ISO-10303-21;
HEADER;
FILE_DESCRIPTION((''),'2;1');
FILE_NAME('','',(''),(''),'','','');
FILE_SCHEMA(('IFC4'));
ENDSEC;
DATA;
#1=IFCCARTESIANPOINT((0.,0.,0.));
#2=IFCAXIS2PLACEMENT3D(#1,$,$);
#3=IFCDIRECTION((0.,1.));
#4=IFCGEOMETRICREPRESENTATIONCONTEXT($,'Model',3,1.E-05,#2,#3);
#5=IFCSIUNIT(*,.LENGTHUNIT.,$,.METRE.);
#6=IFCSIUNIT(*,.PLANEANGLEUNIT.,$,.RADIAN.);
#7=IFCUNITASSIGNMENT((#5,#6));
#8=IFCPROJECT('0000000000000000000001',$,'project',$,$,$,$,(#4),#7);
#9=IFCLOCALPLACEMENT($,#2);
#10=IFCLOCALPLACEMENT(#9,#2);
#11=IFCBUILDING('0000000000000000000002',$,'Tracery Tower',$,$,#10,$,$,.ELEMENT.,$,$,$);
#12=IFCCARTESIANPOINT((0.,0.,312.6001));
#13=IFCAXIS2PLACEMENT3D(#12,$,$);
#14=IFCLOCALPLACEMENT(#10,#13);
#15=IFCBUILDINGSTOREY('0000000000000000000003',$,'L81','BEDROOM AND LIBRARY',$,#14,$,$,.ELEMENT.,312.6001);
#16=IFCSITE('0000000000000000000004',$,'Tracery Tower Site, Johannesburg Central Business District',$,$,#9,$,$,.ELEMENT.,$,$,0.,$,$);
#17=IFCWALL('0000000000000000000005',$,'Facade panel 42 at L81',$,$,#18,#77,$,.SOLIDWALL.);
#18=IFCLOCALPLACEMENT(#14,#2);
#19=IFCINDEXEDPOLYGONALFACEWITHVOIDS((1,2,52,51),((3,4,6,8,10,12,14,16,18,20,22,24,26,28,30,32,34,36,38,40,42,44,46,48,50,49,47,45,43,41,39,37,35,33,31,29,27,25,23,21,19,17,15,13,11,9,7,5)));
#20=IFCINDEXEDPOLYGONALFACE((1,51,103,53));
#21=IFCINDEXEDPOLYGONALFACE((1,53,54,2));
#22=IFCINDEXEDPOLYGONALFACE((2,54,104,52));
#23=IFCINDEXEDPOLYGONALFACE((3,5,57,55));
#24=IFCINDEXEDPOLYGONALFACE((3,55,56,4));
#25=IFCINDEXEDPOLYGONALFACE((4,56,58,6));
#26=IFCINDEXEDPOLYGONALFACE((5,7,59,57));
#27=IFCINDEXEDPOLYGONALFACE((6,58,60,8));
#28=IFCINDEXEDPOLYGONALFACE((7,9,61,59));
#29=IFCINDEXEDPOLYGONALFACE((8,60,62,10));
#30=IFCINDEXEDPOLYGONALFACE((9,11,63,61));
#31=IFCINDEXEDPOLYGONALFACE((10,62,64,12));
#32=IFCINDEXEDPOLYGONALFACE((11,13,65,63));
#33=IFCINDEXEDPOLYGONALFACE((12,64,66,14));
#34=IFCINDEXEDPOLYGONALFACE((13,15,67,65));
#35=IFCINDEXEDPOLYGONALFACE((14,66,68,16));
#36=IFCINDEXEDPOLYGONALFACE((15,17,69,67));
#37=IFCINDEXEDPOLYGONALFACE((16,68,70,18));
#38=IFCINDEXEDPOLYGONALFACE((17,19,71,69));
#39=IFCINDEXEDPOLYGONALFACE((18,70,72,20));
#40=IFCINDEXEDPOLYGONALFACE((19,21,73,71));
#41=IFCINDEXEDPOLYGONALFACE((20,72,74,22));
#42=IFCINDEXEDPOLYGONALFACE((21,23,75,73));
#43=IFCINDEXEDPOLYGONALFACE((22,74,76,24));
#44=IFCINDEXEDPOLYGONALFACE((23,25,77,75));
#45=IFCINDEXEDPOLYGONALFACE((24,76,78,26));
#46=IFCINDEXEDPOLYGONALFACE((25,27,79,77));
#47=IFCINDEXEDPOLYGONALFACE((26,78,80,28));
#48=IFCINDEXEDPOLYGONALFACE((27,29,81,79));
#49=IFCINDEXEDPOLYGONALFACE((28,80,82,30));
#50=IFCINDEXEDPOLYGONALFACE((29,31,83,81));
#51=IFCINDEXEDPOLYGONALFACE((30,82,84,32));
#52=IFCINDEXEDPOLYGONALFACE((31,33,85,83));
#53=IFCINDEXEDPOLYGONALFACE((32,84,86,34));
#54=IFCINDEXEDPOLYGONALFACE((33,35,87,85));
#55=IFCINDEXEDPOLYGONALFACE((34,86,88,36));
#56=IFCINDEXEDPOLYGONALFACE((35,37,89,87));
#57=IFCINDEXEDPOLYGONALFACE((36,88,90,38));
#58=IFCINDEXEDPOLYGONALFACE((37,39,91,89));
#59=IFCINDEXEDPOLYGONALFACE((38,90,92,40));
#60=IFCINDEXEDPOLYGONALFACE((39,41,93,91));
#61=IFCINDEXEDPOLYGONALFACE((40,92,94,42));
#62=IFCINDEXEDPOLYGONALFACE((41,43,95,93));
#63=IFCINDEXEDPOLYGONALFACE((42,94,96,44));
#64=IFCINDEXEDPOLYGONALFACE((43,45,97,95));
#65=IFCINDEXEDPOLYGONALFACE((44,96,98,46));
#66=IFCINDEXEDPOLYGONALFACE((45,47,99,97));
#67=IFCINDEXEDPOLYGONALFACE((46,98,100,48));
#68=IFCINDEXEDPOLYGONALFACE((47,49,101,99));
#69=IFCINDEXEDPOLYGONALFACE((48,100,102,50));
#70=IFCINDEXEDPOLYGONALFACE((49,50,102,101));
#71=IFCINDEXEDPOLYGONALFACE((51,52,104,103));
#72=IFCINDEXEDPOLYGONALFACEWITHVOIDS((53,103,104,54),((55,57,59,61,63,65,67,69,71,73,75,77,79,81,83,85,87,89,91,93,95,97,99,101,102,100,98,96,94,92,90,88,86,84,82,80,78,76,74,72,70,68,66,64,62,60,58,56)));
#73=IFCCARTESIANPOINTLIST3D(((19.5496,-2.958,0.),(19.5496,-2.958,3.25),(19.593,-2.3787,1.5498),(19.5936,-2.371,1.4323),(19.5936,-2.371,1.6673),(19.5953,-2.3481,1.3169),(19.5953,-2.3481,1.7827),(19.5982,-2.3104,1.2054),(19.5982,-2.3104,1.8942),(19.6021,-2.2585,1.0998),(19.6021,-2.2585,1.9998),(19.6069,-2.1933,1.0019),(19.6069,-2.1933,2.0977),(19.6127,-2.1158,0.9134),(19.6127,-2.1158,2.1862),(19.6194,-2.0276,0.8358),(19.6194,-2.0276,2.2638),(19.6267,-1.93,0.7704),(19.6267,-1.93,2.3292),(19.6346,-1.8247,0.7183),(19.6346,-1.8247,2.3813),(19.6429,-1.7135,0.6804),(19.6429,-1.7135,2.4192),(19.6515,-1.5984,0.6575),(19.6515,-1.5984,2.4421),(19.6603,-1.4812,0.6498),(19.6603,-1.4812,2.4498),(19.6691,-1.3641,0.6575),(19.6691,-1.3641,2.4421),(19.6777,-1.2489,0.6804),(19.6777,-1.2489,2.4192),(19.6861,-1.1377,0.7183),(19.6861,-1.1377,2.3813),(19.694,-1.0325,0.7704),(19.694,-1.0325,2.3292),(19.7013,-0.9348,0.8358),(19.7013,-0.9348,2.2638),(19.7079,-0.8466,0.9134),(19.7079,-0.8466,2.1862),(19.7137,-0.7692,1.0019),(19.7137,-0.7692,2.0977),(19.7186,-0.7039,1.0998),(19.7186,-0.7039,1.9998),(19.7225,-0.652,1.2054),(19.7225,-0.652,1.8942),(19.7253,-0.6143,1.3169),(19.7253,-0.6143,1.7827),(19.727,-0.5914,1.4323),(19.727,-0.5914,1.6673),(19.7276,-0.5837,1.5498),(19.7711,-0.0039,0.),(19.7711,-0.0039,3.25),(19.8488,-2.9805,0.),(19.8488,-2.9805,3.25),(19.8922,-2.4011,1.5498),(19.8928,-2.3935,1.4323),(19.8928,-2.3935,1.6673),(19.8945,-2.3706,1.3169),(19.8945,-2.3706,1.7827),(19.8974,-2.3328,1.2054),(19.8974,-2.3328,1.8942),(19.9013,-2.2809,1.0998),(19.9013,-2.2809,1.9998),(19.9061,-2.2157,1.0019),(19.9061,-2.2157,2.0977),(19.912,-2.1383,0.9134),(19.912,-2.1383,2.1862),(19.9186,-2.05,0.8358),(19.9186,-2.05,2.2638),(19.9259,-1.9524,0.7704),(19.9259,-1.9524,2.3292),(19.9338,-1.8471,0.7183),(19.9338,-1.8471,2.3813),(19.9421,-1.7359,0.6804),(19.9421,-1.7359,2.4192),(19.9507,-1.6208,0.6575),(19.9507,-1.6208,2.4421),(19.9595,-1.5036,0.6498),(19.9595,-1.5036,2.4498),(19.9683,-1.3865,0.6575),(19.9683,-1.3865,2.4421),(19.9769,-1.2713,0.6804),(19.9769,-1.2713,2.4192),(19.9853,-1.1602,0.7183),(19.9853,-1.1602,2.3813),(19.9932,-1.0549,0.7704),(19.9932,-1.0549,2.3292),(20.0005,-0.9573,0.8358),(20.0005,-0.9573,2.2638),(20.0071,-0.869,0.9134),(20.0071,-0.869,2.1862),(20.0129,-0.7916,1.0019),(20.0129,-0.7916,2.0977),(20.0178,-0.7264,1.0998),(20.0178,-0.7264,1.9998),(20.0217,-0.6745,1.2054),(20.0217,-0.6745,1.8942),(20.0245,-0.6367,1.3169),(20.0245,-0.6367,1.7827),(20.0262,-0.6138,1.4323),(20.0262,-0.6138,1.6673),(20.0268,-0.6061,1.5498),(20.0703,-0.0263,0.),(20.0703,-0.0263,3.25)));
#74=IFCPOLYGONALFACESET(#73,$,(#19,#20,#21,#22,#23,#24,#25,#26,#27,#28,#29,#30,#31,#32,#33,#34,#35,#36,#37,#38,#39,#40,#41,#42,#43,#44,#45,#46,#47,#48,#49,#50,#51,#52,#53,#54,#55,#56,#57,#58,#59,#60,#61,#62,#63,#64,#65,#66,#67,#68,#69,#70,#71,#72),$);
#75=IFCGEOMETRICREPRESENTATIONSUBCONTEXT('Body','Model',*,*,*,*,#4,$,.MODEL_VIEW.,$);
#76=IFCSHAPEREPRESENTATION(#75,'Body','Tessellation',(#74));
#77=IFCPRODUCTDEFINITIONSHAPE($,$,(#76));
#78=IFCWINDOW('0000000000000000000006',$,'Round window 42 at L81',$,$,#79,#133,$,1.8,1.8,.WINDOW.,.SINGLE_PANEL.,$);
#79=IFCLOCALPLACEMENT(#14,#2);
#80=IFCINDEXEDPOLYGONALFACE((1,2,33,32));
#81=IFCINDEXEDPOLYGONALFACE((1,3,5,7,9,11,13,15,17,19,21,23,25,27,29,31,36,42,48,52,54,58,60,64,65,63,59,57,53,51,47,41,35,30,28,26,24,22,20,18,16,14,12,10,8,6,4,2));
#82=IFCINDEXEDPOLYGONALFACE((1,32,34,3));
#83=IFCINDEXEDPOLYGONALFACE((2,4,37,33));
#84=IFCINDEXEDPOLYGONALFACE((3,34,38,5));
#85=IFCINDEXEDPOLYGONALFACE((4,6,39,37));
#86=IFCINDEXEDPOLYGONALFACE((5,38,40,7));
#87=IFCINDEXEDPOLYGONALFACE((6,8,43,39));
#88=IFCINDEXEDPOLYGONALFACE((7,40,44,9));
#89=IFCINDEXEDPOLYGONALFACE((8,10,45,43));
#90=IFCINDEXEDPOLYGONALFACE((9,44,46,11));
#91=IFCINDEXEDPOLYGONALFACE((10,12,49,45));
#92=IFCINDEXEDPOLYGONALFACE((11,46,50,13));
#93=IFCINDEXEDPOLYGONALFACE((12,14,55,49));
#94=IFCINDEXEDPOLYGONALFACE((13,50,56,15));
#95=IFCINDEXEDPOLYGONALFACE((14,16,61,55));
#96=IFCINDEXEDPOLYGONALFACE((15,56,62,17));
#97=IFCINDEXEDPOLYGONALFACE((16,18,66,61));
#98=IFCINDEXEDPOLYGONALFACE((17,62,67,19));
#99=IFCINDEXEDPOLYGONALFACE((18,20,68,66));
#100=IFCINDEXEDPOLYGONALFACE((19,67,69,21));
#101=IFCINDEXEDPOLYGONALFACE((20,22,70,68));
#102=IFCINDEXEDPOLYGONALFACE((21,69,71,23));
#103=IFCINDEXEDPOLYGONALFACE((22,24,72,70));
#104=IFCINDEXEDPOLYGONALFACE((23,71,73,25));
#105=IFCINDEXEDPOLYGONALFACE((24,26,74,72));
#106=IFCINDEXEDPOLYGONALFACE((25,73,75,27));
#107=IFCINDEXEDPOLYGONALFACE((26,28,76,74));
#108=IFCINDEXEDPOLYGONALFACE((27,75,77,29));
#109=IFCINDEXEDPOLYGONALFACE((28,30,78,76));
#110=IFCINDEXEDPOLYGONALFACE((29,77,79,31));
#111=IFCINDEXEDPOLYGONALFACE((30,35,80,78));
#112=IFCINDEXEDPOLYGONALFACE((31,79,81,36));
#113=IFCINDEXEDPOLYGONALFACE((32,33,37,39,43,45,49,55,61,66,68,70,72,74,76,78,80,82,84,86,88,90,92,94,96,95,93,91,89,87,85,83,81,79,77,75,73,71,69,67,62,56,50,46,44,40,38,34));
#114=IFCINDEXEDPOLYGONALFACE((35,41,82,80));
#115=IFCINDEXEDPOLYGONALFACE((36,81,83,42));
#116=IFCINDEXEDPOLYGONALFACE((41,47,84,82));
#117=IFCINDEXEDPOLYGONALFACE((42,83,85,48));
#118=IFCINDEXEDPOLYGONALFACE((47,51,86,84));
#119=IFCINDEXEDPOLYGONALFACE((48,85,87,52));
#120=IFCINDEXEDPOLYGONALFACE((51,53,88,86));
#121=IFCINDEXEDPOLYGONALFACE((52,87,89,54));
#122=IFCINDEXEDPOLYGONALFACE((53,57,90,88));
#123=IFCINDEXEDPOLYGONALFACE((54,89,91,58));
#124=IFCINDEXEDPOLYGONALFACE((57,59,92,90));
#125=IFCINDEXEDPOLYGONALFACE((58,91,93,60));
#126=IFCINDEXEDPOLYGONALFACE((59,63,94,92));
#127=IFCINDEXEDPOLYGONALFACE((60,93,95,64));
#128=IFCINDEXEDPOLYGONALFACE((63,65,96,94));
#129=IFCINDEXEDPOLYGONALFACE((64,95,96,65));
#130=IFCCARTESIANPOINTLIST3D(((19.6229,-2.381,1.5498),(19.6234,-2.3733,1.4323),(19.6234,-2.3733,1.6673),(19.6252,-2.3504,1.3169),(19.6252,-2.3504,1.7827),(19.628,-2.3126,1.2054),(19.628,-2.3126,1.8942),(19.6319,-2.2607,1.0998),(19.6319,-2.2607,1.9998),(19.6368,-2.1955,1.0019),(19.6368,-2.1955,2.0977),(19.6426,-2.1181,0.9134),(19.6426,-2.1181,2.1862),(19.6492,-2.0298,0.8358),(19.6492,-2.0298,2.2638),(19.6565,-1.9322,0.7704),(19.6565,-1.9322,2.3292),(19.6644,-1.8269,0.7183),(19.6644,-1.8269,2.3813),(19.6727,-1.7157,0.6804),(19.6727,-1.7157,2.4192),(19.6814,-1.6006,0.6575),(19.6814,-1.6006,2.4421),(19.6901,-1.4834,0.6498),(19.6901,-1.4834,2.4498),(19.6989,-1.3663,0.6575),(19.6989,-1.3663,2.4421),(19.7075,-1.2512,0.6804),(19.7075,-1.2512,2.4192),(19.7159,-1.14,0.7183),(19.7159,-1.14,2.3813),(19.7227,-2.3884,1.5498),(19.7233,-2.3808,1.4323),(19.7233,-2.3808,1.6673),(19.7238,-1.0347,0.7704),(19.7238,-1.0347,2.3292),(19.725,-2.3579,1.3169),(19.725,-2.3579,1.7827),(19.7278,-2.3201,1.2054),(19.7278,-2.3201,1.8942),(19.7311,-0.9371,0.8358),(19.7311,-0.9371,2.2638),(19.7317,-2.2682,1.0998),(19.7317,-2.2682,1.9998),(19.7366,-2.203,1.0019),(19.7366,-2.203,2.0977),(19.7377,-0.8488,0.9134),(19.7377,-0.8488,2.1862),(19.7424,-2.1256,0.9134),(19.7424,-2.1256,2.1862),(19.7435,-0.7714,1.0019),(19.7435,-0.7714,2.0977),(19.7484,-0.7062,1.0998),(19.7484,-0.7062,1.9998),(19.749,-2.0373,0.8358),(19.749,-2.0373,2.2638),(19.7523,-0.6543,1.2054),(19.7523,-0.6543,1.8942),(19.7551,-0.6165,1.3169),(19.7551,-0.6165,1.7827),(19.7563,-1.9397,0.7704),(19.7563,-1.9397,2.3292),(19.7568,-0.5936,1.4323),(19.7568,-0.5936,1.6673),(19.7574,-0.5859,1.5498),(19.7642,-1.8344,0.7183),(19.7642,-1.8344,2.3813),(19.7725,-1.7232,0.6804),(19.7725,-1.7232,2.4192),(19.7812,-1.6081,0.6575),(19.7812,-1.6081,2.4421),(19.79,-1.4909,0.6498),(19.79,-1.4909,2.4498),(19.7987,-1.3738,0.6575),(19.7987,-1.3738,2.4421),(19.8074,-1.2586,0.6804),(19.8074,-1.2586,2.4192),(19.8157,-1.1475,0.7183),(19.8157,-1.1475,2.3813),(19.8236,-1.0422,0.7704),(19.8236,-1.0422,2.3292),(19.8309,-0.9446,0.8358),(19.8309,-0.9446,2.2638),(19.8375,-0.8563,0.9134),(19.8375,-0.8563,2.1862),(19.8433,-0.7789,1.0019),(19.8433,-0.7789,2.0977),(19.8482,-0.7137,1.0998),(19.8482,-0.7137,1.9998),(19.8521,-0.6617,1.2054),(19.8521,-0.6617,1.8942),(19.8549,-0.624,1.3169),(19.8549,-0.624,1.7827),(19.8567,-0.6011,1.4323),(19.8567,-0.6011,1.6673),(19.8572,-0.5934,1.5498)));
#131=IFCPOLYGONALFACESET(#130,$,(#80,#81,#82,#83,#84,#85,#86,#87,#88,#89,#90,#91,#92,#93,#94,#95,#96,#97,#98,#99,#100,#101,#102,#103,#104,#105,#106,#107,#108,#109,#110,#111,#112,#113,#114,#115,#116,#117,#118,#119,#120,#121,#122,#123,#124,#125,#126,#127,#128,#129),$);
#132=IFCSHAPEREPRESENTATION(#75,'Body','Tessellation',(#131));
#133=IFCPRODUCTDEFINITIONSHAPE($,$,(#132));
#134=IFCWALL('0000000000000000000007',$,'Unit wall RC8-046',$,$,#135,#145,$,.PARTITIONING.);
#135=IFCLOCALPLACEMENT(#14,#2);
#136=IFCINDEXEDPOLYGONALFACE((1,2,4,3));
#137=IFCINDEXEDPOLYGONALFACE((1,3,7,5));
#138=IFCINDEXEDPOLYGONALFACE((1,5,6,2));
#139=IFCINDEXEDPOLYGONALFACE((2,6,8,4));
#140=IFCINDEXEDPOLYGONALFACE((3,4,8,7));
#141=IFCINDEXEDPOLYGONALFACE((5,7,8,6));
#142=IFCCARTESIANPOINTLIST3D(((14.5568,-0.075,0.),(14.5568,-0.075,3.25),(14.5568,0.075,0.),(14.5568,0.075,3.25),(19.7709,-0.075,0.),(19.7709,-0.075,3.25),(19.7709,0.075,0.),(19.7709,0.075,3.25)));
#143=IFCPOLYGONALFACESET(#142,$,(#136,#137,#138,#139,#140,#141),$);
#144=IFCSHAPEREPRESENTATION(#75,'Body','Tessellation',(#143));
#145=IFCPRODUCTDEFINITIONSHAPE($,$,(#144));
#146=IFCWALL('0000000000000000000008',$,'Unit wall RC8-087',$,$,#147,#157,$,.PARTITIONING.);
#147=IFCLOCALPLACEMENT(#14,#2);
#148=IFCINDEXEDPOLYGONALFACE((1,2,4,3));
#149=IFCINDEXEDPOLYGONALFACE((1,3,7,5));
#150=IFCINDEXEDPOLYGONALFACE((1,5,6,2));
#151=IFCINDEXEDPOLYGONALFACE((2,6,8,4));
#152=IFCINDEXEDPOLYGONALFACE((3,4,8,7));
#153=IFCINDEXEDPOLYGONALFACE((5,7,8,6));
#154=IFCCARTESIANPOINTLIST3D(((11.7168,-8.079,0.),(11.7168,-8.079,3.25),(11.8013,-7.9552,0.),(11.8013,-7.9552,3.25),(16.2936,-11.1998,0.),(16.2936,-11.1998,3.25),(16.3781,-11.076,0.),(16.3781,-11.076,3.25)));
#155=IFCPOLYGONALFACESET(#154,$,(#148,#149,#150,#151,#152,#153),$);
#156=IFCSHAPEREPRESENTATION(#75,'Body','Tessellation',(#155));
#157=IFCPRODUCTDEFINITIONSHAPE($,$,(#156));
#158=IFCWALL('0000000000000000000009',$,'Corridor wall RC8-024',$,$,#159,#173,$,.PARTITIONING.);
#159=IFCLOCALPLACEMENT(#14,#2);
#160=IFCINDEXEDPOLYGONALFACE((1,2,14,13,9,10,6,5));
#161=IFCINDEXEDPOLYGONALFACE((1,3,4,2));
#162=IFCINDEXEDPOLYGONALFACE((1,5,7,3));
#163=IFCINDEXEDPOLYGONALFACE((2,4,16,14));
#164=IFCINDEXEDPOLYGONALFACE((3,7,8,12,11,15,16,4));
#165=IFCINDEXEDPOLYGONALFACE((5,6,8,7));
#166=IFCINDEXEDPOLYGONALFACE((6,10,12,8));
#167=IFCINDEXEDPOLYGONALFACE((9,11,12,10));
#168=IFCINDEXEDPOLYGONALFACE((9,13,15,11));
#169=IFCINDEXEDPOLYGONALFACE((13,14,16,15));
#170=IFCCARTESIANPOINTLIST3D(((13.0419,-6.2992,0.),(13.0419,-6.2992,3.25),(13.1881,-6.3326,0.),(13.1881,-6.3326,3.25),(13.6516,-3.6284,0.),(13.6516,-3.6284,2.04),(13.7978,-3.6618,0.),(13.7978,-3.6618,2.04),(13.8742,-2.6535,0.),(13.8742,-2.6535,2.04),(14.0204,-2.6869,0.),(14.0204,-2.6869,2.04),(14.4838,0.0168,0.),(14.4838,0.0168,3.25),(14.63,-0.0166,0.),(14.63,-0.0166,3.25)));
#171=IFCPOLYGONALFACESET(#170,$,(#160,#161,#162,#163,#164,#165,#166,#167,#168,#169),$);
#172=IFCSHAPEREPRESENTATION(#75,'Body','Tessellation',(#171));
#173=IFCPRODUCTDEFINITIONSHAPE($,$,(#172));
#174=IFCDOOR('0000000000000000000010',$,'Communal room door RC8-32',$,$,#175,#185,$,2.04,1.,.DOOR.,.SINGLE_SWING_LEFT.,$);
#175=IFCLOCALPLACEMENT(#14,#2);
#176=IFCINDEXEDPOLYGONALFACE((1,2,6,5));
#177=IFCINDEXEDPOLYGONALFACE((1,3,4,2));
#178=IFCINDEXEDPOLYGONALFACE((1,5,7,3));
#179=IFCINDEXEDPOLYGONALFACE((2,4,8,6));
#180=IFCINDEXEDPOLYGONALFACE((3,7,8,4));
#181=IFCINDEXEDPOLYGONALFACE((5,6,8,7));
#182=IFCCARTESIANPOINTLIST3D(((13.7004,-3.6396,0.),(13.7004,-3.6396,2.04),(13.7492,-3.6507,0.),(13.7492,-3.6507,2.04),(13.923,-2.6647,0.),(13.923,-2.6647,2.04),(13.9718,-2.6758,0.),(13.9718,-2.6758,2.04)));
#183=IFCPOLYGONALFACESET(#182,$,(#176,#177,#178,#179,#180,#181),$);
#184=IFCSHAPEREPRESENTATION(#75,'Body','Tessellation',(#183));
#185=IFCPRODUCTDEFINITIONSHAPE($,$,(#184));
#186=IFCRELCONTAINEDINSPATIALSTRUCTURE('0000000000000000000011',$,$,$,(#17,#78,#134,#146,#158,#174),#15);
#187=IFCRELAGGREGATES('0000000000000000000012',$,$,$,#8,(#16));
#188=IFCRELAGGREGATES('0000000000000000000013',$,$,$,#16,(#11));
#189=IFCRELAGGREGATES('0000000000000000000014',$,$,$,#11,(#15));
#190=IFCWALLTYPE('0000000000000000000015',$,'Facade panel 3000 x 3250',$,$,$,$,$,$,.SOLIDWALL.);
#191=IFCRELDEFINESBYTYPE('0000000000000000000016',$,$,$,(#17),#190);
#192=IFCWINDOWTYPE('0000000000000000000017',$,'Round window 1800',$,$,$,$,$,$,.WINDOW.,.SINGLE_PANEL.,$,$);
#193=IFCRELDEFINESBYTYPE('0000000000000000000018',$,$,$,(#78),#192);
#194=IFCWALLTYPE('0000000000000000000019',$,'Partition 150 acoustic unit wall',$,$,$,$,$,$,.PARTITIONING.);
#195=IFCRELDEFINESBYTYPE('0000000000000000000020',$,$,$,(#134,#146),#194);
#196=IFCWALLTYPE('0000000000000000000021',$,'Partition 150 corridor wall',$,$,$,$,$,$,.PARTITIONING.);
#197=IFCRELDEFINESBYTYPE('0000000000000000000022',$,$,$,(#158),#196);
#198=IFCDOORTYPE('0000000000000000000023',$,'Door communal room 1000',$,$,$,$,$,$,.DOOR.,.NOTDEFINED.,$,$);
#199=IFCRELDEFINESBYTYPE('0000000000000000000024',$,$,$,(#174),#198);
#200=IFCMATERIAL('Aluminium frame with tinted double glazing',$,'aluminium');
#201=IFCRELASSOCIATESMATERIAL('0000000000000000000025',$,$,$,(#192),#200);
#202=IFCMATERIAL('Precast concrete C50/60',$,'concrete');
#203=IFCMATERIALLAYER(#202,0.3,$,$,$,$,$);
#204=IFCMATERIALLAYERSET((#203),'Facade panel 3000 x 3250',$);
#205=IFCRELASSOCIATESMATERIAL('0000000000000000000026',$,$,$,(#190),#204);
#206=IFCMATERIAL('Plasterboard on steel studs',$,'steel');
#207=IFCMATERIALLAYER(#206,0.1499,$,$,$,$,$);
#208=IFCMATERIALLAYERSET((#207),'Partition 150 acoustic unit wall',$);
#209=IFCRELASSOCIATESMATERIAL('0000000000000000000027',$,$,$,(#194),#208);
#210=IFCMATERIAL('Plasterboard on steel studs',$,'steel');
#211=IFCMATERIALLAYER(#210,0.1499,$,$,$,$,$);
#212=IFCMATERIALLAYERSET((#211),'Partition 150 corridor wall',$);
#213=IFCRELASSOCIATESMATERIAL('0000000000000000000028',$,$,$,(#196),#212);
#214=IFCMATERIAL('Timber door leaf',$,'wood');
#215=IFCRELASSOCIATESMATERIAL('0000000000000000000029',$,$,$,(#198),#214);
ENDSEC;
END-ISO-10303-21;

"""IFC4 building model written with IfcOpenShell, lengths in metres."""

from ifc_helpers import new_model, si_unit, direction, frame, frame_2d, origin, origin_2d, place, context, subcontext, project, spatial, rectangle, circle, extrude, material, layer, layer_set, type_object, element, fill, save


model = new_model("IFC4")

# Units and contexts
model_context = context("Model", 3, precision=1e-05, world=origin(), true_north=direction((0.0, 1.0)))
body_context = subcontext(model_context, "Body", "Model", "MODEL_VIEW")
ifc_project = project(units=[si_unit("LENGTHUNIT", "METRE"), si_unit("PLANEANGLEUNIT", "RADIAN")], contexts=[model_context])

# Site, building, storey
site_placement = place(None, origin())
site = spatial("IfcSite", under=ifc_project, at=site_placement, Name="Tracery Tower Site, Johannesburg Central Business District", CompositionType="ELEMENT", RefElevation=0.0)
building_placement = place(site_placement, origin())
building = spatial("IfcBuilding", under=site, at=building_placement, Name="Tracery Tower", CompositionType="ELEMENT")
storey_placement = place(building_placement, frame((0.0, 0.0, 312.6001)))
storey = spatial("IfcBuildingStorey", under=building, at=storey_placement, Name="L81", Description="BEDROOM AND LIBRARY", CompositionType="ELEMENT", Elevation=312.6001)

# Wall, opening, window
ifc_material_1 = material(Name="Aluminium frame with tinted double glazing", Category="aluminium")
window_type = type_object("IfcWindowType", Name="Round window 1800", PartitioningType="SINGLE_PANEL", PredefinedType="WINDOW", material=ifc_material_1)
ifc_material_2 = material(Name="Precast concrete C50/60", Category="concrete")
ifc_layer_1 = layer(ifc_material_2, 0.3)
ifc_layer_set_1 = layer_set([ifc_layer_1], Name="Facade panel 3000 x 3250")
wall_type_1 = type_object("IfcWallType", Name="Facade panel 3000 x 3250", PredefinedType="SOLIDWALL", material=ifc_layer_set_1)
wall_1_placement = place(storey_placement, frame((19.6992, -2.9692, 0.0), z_axis=(0.0, 0.0, 1.0), x_axis=(0.074749, 0.997202, 0.0)))
wall_1 = element("IfcWall", 1, at=wall_1_placement, inside=storey, type_object=wall_type_1, Name="Facade panel 42 at L81", PredefinedType="SOLIDWALL", context=body_context, shape_type="SweptSolid", body=[
    extrude(rectangle(XDim=2.9624, YDim=0.3, at=frame_2d((1.4812, 0.0))), origin(), (0.0, 0.0, 1.0), 3.25),
])
opening_1_placement = place(wall_1_placement, frame((1.481, 0.0, 1.5498)))
opening_1 = element("IfcOpeningElement", 2, at=opening_1_placement, cuts=wall_1, PredefinedType="OPENING", context=body_context, shape_type="SweptSolid", body=[
    extrude(circle(Radius=0.9, at=origin_2d()), frame((0.0, 0.1599, 0.0), z_axis=(0.0, -1.0, 0.0), x_axis=(1.0, 0.0, 0.0)), (0.0, 0.0, 1.0), 0.3201),
])
window_1_placement = place(opening_1_placement, origin())
window_1 = element("IfcWindow", 3, at=window_1_placement, inside=storey, type_object=window_type, Name="Round window 42 at L81", OverallHeight=1.8, OverallWidth=1.8, PartitioningType="SINGLE_PANEL", PredefinedType="WINDOW", context=body_context, shape_type="SweptSolid", body=[
    extrude(circle(Radius=0.9, at=origin_2d()), frame((0.0, 0.1201, 0.0), z_axis=(0.0, -1.0, 0.0), x_axis=(1.0, 0.0, 0.0)), (0.0, 0.0, 1.0), 0.1001),
])
fill(opening_1, window_1)

# Walls
ifc_material_3 = material(Name="Plasterboard on steel studs", Category="steel")
ifc_layer_2 = layer(ifc_material_3, 0.1499)
ifc_layer_set_2 = layer_set([ifc_layer_2], Name="Partition 150 acoustic unit wall")
wall_type_2 = type_object("IfcWallType", Name="Partition 150 acoustic unit wall", PredefinedType="PARTITIONING", material=ifc_layer_set_2)
wall_2_placement = place(storey_placement, frame((14.5569, 0.0, 0.0), z_axis=(0.0, 0.0, 1.0), x_axis=(1.0, 0.0, 0.0)))
element("IfcWall", 4, at=wall_2_placement, inside=storey, type_object=wall_type_2, Name="Unit wall RC8-046", PredefinedType="PARTITIONING", context=body_context, shape_type="SweptSolid", body=[
    extrude(rectangle(XDim=5.2141, YDim=0.1499, at=frame_2d((2.6069, 0.0))), origin(), (0.0, 0.0, 1.0), 3.25),
])
wall_3_placement = place(storey_placement, frame((11.759, -8.0171, 0.0), z_axis=(0.0, 0.0, 1.0), x_axis=(0.826208, -0.563366, 0.0)))
element("IfcWall", 5, at=wall_3_placement, inside=storey, type_object=wall_type_2, Name="Unit wall RC8-087", PredefinedType="PARTITIONING", context=body_context, shape_type="SweptSolid", body=[
    extrude(rectangle(XDim=5.5396, YDim=0.1499, at=frame_2d((2.7698, 0.0))), origin(), (0.0, 0.0, 1.0), 3.25),
])

# Wall, opening, door
ifc_material_4 = material(Name="Plasterboard on steel studs", Category="steel")
ifc_layer_3 = layer(ifc_material_4, 0.1499)
ifc_layer_set_3 = layer_set([ifc_layer_3], Name="Partition 150 corridor wall")
wall_type_3 = type_object("IfcWallType", Name="Partition 150 corridor wall", PredefinedType="PARTITIONING", material=ifc_layer_set_3)
wall_4_placement = place(storey_placement, frame((13.115, -6.3159, 0.0), z_axis=(0.0, 0.0, 1.0), x_axis=(0.222569, 0.974917, 0.0)))
wall_4 = element("IfcWall", 6, at=wall_4_placement, inside=storey, type_object=wall_type_3, Name="Corridor wall RC8-024", PredefinedType="PARTITIONING", context=body_context, shape_type="SweptSolid", body=[
    extrude(rectangle(XDim=6.4785, YDim=0.1499, at=frame_2d((3.2393, 0.0))), origin(), (0.0, 0.0, 1.0), 3.25),
])
opening_2_placement = place(wall_4_placement, frame((2.7395, 0.0, 0.0)))
opening_2 = element("IfcOpeningElement", 7, at=opening_2_placement, cuts=wall_4, PredefinedType="OPENING", context=body_context, shape_type="SweptSolid", body=[
    extrude(rectangle(XDim=1.0, YDim=2.04, at=frame_2d((0.5, 1.02))), frame((0.0, 0.075, 0.0), z_axis=(0.0, -1.0, 0.0), x_axis=(1.0, 0.0, 0.0)), (0.0, 0.0, 1.0), 0.1499),
])
ifc_material_5 = material(Name="Timber door leaf", Category="wood")
door_type_1 = type_object("IfcDoorType", Name="Door communal room 1000", OperationType="NOTDEFINED", PredefinedType="DOOR", material=ifc_material_5)
door_1_placement = place(opening_2_placement, origin())
door_1 = element("IfcDoor", 8, at=door_1_placement, inside=storey, type_object=door_type_1, Name="Communal room door RC8-32", OperationType="SINGLE_SWING_LEFT", OverallHeight=2.04, OverallWidth=1.0, PredefinedType="DOOR", context=body_context, shape_type="SweptSolid", body=[
    extrude(rectangle(XDim=1.0, YDim=2.04, at=frame_2d((0.5, 1.02))), frame((0.0, 0.0249, 0.0), z_axis=(0.0, -1.0, 0.0), x_axis=(1.0, 0.0, 0.0)), (0.0, 0.0, 1.0), 0.05),
])
fill(opening_2, door_1)

save(model, "model.ifc")
